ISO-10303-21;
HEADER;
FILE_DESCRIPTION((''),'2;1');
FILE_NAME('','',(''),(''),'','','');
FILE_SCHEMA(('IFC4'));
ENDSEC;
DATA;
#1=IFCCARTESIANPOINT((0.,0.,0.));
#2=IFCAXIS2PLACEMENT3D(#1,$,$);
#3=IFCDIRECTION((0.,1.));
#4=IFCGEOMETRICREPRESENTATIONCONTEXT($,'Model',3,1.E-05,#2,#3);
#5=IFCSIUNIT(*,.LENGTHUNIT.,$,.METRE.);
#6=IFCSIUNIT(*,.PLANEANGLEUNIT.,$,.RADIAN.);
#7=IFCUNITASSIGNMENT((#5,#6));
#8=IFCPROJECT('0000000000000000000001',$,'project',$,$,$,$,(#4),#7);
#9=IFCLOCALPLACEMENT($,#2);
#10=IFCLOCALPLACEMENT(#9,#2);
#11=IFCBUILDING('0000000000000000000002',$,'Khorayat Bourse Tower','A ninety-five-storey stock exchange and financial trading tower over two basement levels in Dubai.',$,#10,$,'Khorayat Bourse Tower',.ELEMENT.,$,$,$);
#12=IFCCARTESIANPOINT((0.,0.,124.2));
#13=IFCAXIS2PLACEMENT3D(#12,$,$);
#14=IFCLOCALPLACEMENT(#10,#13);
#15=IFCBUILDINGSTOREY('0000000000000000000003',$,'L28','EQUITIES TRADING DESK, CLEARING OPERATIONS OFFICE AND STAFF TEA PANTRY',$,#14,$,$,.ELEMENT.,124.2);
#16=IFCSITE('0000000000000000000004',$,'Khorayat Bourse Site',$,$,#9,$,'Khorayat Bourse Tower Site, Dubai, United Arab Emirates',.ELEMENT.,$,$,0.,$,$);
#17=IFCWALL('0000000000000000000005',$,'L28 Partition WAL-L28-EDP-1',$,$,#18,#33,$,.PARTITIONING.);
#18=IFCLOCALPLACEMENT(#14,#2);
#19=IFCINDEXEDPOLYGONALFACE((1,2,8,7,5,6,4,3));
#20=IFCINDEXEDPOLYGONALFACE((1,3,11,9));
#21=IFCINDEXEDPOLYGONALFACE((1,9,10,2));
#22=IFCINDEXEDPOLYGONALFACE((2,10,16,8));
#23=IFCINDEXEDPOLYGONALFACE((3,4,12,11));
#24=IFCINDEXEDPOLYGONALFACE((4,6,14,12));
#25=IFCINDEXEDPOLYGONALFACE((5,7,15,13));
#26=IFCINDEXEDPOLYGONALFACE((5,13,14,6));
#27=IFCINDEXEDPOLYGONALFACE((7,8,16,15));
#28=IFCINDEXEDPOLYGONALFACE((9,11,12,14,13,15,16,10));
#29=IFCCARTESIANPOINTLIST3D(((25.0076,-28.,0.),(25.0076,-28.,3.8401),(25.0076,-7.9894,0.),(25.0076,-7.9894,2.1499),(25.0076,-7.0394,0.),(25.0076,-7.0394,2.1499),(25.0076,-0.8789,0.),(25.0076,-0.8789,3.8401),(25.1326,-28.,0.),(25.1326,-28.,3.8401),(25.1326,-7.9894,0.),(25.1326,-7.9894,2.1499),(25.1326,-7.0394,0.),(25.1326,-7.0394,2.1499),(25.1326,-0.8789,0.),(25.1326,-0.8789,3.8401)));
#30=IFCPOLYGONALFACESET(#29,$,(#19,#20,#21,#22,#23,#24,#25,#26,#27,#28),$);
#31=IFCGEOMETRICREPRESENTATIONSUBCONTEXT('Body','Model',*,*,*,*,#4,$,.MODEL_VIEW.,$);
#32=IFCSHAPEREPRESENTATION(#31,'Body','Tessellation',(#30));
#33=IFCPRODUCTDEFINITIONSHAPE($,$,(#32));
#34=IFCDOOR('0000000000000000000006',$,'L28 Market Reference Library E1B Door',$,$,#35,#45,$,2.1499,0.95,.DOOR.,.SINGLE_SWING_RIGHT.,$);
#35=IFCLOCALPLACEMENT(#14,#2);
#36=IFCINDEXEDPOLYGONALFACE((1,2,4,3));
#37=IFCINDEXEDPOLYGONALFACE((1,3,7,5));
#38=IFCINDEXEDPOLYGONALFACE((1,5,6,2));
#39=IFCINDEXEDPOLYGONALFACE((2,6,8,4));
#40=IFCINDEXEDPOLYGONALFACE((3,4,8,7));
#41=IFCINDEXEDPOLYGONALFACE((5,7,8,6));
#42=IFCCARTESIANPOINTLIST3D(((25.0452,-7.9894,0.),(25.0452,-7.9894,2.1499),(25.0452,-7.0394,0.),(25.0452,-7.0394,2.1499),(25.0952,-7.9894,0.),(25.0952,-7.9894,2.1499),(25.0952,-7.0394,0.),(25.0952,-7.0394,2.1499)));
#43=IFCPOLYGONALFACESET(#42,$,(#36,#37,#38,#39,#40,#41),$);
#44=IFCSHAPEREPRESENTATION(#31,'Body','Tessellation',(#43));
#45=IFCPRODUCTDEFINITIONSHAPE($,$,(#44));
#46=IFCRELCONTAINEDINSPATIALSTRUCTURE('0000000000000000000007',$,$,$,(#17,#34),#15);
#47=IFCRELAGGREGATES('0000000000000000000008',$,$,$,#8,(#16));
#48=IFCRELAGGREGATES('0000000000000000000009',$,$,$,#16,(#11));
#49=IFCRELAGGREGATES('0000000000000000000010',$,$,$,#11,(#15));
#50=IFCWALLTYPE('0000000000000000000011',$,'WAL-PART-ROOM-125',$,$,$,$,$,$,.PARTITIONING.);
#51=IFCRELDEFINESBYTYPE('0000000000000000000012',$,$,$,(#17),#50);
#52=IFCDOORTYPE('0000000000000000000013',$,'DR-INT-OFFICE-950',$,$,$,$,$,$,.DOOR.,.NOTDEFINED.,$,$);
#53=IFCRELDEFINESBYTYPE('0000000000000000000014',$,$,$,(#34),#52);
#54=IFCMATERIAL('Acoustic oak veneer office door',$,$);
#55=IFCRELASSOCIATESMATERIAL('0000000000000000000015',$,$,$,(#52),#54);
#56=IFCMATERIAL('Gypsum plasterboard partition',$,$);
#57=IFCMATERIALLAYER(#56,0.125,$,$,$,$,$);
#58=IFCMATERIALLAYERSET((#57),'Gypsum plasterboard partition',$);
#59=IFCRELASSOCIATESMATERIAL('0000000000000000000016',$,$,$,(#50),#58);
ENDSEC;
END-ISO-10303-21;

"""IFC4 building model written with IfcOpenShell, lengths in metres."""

from ifc_helpers import new_model, si_unit, direction, frame, frame_2d, origin, place, context, subcontext, project, spatial, rectangle, extrude, source, transform, mapped, material, layer, layer_set, type_object, element, fill, save


model = new_model("IFC4")

# Units and contexts
model_context = context("Model", 3, precision=1e-05, world=origin(), true_north=direction((0.0, 1.0)))
body_context = subcontext(model_context, "Body", "Model", "MODEL_VIEW")
ifc_project = project(units=[si_unit("LENGTHUNIT", "METRE"), si_unit("PLANEANGLEUNIT", "RADIAN")], contexts=[model_context])

# Site, building, storey
site_placement = place(None, origin())
site = spatial("IfcSite", under=ifc_project, at=site_placement, Name="Khorayat Bourse Site", LongName="Khorayat Bourse Tower Site, Dubai, United Arab Emirates", CompositionType="ELEMENT", RefElevation=0.0)
building_placement = place(site_placement, origin())
building = spatial("IfcBuilding", under=site, at=building_placement, Name="Khorayat Bourse Tower", Description="A ninety-five-storey stock exchange and financial trading tower over two basement levels in Dubai.", LongName="Khorayat Bourse Tower", CompositionType="ELEMENT")
storey_placement = place(building_placement, frame((0.0, 0.0, 124.2)))
storey = spatial("IfcBuildingStorey", under=building, at=storey_placement, Name="L28", Description="EQUITIES TRADING DESK, CLEARING OPERATIONS OFFICE AND STAFF TEA PANTRY", CompositionType="ELEMENT", Elevation=124.2)

# Shared definitions
ifc_material_1 = material(Name="Acoustic oak veneer office door")
door_type = type_object("IfcDoorType", Name="DR-INT-OFFICE-950", OperationType="NOTDEFINED", PredefinedType="DOOR", material=ifc_material_1)
shared_shape_1 = source(origin(), body_context, "Body", "SweptSolid", [
    extrude(rectangle(XDim=0.95, YDim=2.1499, at=frame_2d((0.4751, 1.075))), frame((0.0, 0.0249, 0.0), z_axis=(0.0, -1.0, 0.0), x_axis=(1.0, 0.0, 0.0)), (0.0, 0.0, 1.0), 0.05),
])

# Wall, opening, door
ifc_material_2 = material(Name="Gypsum plasterboard partition")
ifc_layer_1 = layer(ifc_material_2, 0.125)
ifc_layer_set_1 = layer_set([ifc_layer_1], Name="Gypsum plasterboard partition")
wall_type_1 = type_object("IfcWallType", Name="WAL-PART-ROOM-125", PredefinedType="PARTITIONING", material=ifc_layer_set_1)
shared_shape_2 = source(origin(), body_context, "Body", "SweptSolid", [
    extrude(rectangle(XDim=27.1211, YDim=0.125, at=frame_2d((13.5605, 0.0))), origin(), (0.0, 0.0, 1.0), 3.8401),
])
wall_1_placement = place(storey_placement, frame((25.0701, -28.0, 0.0), z_axis=(0.0, 0.0, 1.0), x_axis=(0.0, 1.0, 0.0)))
wall_1 = element("IfcWall", 1, at=wall_1_placement, inside=storey, type_object=wall_type_1, Name="L28 Partition WAL-L28-EDP-1", PredefinedType="PARTITIONING", context=body_context, shape_type="MappedRepresentation", body=[
    mapped(shared_shape_2, transform((0.0, 0.0, 0.0), scale=1.0)),
])
shared_shape_3 = source(origin(), body_context, "Body", "SweptSolid", [
    extrude(rectangle(XDim=0.95, YDim=2.1499, at=frame_2d((0.4751, 1.075))), frame((0.0, 0.0725, 0.0), z_axis=(0.0, -1.0, 0.0), x_axis=(1.0, 0.0, 0.0)), (0.0, 0.0, 1.0), 0.145),
])
opening_1_placement = place(wall_1_placement, frame((20.0105, 0.0, 0.0)))
opening_1 = element("IfcOpeningElement", 2, at=opening_1_placement, cuts=wall_1, PredefinedType="OPENING", context=body_context, shape_type="MappedRepresentation", body=[
    mapped(shared_shape_3, transform((0.0, 0.0, 0.0), scale=1.0)),
])
door_1_placement = place(opening_1_placement, origin())
door_1 = element("IfcDoor", 3, at=door_1_placement, inside=storey, type_object=door_type, Name="L28 Market Reference Library E1B Door", OperationType="SINGLE_SWING_RIGHT", OverallHeight=2.1499, OverallWidth=0.95, PredefinedType="DOOR", context=body_context, shape_type="MappedRepresentation", body=[
    mapped(shared_shape_1, transform((0.0, 0.0, 0.0), scale=1.0)),
])
fill(opening_1, door_1)

save(model, "model.ifc")
